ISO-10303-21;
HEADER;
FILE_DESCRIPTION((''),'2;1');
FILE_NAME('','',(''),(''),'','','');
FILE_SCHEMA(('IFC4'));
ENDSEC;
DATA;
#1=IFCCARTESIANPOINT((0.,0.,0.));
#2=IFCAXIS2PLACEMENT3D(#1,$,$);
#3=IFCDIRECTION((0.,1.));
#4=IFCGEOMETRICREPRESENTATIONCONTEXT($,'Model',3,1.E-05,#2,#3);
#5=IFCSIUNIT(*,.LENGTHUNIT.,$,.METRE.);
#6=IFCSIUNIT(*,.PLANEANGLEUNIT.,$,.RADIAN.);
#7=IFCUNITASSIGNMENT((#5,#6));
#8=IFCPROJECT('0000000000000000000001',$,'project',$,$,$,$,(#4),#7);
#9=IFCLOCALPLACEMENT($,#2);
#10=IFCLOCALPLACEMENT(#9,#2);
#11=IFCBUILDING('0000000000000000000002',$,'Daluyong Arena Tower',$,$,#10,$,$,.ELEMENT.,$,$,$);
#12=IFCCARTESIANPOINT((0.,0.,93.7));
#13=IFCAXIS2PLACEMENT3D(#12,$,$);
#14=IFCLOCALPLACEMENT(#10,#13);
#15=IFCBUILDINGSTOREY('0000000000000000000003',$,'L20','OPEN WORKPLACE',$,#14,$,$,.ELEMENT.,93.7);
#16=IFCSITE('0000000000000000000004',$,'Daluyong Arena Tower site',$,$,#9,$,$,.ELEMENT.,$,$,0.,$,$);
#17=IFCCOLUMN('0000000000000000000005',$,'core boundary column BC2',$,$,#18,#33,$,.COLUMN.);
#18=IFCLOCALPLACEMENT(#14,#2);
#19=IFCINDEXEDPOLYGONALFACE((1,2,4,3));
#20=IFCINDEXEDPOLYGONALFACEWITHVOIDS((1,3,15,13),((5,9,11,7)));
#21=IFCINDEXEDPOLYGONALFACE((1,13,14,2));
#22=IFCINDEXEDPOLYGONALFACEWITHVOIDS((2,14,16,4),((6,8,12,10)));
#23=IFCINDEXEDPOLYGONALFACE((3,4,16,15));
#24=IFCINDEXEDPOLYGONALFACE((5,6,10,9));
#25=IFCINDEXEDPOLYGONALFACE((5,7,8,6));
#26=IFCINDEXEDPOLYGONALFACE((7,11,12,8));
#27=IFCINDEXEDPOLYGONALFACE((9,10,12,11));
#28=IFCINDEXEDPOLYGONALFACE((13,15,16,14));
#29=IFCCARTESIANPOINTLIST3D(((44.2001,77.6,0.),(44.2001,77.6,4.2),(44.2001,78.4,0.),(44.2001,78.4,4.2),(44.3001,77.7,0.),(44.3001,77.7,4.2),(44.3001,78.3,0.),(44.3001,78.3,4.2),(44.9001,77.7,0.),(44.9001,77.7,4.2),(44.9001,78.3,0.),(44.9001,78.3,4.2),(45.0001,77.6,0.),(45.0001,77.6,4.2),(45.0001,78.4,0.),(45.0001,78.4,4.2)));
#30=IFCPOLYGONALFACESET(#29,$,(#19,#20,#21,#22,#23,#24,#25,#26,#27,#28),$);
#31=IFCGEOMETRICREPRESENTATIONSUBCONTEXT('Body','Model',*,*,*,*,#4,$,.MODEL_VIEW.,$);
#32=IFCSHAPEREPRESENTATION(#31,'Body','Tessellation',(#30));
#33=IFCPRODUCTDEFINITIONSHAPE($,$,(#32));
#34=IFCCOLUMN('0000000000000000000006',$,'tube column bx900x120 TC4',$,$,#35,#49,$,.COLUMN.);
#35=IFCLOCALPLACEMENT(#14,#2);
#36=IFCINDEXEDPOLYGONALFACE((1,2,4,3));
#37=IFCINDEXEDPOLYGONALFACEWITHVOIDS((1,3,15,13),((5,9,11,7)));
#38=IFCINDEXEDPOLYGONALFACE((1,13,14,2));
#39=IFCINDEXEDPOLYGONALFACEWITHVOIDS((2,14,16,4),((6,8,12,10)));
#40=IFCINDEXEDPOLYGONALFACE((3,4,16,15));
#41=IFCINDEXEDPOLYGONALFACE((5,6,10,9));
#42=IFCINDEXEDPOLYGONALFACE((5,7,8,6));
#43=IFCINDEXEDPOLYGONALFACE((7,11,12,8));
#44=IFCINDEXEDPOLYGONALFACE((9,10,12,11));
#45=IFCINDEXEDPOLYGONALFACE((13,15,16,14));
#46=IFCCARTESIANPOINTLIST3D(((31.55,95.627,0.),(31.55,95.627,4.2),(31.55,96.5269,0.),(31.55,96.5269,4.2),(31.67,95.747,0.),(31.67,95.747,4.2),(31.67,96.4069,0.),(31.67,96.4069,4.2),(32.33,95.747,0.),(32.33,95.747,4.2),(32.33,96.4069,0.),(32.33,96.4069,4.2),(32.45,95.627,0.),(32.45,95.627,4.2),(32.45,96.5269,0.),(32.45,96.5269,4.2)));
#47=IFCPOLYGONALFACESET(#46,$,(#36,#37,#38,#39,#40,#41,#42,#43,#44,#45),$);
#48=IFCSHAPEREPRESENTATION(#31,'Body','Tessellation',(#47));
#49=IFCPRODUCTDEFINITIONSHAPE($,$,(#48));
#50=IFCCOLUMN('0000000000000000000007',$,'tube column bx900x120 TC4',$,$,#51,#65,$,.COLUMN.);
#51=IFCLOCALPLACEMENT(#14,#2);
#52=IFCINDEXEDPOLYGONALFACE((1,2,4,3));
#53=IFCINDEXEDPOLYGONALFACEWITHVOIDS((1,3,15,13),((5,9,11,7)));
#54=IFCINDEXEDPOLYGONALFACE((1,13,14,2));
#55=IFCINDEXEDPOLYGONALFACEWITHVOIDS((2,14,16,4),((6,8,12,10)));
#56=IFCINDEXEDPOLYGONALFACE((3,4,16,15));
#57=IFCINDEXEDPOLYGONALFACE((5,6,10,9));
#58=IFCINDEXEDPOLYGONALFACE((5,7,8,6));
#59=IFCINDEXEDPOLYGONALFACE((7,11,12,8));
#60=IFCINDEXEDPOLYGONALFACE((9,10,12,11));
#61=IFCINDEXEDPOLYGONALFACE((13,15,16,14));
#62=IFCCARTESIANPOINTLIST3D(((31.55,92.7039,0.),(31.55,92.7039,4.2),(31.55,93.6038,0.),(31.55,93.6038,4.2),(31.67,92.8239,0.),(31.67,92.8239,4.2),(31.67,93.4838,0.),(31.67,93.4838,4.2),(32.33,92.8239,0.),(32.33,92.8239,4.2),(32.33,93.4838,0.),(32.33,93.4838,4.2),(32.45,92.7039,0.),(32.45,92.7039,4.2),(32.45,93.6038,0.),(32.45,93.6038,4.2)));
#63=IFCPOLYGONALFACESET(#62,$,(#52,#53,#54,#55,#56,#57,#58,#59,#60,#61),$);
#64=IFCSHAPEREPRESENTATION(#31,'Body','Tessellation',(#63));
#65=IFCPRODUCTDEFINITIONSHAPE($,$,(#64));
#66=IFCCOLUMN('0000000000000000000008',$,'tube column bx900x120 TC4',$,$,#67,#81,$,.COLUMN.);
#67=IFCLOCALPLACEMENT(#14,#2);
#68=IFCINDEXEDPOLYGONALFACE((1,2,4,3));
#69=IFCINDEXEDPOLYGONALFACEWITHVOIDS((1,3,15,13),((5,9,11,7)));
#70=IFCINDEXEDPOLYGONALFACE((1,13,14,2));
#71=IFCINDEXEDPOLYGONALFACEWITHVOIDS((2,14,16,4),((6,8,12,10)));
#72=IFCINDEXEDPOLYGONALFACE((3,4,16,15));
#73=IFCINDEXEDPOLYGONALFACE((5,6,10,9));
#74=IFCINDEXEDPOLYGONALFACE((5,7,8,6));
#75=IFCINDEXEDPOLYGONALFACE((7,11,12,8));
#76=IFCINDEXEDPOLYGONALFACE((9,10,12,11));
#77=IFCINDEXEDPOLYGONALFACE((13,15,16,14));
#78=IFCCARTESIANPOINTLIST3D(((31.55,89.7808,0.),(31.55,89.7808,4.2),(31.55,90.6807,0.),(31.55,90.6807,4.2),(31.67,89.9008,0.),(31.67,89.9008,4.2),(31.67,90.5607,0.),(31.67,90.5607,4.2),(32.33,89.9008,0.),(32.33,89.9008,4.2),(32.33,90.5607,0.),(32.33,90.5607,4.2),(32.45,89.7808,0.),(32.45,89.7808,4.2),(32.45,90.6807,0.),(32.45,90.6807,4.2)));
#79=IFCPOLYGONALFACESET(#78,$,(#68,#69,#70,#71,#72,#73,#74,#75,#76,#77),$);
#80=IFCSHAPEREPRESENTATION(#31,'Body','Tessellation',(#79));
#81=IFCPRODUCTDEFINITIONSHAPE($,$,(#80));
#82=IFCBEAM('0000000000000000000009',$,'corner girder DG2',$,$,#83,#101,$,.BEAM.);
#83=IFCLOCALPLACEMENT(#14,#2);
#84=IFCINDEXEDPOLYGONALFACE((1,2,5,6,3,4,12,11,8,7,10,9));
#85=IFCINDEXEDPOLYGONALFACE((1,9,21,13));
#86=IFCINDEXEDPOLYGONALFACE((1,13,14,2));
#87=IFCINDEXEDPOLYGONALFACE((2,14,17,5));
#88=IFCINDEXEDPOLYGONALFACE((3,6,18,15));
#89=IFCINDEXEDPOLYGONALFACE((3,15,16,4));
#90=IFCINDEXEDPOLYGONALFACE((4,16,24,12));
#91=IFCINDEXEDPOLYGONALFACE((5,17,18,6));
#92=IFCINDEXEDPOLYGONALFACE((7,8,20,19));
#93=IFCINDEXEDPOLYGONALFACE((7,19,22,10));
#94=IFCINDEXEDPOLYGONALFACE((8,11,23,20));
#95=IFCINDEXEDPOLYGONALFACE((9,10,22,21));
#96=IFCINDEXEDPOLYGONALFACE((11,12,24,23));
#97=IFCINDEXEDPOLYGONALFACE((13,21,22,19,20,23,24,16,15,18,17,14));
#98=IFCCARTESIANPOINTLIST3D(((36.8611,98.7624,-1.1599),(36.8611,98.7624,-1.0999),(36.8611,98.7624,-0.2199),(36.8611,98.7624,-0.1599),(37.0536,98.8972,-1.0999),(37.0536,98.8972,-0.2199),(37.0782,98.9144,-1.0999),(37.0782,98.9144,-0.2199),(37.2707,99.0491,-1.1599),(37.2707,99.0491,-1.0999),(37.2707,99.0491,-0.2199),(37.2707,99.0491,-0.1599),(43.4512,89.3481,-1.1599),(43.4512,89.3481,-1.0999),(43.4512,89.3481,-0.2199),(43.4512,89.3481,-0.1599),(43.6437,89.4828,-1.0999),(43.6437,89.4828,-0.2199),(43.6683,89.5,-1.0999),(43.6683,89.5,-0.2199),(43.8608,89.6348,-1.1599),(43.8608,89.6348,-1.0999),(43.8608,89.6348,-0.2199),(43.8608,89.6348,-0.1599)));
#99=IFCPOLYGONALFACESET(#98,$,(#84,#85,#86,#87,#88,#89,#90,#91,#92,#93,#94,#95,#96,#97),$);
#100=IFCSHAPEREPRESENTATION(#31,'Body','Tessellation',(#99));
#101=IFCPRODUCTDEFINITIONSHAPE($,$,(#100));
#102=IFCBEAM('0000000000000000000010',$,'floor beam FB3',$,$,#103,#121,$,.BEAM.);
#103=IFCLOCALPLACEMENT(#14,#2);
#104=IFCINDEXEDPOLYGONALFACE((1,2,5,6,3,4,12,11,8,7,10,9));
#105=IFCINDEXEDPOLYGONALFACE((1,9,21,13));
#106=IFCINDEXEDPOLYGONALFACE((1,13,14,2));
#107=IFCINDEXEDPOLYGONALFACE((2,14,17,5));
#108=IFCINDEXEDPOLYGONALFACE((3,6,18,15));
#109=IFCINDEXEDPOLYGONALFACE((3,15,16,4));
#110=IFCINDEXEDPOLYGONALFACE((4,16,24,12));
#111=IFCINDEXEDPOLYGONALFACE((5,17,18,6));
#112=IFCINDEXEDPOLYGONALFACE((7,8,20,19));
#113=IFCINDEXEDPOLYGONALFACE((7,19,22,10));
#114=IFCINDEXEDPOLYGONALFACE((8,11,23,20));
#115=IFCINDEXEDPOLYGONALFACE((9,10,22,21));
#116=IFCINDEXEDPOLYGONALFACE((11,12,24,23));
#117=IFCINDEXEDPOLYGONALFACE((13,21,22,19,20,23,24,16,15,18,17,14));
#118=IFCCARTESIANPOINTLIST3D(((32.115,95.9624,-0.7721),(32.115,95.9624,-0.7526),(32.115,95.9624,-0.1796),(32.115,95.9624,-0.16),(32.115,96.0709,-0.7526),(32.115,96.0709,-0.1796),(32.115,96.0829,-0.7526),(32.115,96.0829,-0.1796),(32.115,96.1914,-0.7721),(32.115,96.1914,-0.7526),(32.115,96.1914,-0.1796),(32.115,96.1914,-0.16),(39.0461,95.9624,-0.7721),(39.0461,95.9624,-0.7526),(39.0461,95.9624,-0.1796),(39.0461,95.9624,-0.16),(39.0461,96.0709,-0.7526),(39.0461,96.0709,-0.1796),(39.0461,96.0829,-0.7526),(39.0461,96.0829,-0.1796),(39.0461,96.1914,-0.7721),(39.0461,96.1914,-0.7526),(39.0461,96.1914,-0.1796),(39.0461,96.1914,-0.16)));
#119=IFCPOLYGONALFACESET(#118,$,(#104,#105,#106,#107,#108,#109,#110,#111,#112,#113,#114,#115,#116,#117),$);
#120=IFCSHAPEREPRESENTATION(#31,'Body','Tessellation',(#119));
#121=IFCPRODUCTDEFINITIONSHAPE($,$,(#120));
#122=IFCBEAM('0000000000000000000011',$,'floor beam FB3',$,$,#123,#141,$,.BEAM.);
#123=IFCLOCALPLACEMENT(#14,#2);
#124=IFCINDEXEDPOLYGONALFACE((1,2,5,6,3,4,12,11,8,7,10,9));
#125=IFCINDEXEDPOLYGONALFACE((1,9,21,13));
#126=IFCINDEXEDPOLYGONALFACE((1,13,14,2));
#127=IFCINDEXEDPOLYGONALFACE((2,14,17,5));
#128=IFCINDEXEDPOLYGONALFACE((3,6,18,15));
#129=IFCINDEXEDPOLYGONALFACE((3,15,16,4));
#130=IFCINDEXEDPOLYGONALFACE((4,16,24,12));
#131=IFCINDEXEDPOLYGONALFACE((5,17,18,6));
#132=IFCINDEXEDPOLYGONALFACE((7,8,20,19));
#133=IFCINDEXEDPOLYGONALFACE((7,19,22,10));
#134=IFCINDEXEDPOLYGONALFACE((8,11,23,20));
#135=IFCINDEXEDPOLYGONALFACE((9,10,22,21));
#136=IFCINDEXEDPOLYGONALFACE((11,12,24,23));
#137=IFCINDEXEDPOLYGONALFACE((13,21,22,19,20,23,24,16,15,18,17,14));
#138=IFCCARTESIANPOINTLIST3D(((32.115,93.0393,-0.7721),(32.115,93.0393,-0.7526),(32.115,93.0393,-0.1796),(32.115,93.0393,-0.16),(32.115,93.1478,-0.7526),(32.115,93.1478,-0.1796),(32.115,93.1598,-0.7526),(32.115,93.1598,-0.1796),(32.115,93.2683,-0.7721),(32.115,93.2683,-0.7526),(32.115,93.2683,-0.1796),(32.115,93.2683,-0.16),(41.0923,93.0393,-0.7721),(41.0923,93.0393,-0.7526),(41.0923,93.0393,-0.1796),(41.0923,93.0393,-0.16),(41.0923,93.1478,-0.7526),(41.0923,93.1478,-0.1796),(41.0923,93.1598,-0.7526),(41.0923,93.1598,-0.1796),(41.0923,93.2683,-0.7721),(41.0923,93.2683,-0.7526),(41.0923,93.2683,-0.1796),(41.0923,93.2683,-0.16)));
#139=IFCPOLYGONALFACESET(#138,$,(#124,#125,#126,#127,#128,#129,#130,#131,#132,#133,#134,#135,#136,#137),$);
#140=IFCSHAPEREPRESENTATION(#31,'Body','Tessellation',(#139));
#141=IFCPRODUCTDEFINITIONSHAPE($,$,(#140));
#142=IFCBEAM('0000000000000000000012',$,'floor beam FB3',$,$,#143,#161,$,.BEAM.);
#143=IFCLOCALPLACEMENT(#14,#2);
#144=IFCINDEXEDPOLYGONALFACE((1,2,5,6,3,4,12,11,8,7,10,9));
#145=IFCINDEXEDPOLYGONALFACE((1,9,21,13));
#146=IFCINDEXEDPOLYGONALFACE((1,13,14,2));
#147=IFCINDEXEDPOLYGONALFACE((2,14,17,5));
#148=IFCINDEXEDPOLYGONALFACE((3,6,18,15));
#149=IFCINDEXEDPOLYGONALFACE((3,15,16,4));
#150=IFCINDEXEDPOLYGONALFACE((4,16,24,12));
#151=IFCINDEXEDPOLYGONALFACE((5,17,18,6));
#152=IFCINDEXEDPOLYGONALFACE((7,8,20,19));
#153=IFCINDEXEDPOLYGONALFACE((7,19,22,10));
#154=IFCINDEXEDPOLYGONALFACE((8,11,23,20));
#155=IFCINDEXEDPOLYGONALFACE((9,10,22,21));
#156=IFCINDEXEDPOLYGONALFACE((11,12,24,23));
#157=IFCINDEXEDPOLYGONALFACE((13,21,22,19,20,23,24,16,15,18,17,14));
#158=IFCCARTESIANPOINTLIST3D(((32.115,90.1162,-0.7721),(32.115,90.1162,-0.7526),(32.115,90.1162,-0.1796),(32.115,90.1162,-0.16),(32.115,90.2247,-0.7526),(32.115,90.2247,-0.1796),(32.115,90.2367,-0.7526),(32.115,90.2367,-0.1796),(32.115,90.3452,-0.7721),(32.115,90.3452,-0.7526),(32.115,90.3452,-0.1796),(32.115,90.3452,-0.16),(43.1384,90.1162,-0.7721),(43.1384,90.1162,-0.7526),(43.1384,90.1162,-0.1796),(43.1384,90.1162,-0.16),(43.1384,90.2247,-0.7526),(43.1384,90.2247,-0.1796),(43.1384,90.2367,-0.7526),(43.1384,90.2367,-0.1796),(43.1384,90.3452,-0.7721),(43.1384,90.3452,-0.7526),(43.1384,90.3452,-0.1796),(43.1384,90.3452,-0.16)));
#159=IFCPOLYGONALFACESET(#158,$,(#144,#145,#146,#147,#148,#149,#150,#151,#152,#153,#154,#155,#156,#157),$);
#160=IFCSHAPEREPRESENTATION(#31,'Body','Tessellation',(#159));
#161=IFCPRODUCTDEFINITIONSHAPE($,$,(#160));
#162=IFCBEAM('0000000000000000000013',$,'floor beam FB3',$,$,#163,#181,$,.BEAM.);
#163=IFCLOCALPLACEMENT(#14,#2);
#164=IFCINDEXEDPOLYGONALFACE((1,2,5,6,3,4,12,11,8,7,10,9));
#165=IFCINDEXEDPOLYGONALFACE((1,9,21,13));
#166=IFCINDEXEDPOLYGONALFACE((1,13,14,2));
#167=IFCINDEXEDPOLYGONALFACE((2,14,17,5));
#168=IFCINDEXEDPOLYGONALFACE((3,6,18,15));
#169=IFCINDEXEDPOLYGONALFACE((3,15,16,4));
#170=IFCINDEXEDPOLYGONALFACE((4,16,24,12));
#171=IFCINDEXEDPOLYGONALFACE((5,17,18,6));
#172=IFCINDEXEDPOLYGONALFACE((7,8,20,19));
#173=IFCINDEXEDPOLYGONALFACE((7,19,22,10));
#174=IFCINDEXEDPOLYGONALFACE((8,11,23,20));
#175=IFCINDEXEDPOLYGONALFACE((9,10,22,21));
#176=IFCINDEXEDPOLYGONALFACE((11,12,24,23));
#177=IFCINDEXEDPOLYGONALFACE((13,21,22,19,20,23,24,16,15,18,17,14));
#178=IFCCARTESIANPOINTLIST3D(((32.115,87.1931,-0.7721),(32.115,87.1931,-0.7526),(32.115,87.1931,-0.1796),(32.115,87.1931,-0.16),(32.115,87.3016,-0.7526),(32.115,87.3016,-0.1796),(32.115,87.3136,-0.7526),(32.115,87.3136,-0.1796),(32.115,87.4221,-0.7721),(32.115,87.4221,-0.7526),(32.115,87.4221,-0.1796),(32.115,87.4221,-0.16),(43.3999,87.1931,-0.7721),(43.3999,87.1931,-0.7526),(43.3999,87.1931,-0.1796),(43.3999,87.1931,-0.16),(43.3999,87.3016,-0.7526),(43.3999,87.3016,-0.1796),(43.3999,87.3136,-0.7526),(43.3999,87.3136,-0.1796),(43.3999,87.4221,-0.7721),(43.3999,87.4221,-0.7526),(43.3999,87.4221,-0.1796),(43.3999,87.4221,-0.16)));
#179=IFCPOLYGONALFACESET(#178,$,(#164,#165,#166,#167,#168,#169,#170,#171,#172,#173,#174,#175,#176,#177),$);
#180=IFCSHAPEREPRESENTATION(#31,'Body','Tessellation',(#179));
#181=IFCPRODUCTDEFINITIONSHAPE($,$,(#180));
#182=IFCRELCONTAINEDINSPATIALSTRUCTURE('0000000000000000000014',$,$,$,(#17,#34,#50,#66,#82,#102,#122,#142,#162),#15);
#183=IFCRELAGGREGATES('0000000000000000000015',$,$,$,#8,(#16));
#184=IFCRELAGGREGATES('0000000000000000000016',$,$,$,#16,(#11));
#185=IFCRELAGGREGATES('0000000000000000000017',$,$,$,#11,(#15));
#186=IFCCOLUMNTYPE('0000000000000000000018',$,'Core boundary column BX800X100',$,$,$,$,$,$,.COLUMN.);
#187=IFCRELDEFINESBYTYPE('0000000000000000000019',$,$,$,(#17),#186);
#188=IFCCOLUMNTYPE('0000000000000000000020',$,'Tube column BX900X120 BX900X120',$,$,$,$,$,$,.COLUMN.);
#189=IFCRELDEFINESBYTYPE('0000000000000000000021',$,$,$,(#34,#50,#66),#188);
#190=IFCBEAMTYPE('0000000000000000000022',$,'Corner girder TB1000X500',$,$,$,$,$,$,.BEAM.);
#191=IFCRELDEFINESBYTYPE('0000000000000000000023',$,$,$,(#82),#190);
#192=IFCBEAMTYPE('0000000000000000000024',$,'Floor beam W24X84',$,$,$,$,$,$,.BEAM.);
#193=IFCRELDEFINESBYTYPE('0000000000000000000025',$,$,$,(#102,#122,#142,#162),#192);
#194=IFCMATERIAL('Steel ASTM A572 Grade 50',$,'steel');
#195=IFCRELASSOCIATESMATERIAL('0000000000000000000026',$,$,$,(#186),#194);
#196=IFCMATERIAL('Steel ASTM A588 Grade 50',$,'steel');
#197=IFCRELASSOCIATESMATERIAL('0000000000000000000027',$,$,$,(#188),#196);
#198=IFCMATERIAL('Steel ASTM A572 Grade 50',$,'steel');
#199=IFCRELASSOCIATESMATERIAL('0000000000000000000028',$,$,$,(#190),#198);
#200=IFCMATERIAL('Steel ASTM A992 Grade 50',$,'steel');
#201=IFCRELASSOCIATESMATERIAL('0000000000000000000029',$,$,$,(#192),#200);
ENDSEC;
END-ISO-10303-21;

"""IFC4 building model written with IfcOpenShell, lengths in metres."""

from ifc_helpers import new_model, si_unit, direction, frame, origin, origin_2d, place, context, subcontext, project, spatial, hollow_rectangle, i_section, extrude, material, material_profile, profile_set, type_object, element, save


model = new_model("IFC4")

# Units and contexts
model_context = context("Model", 3, precision=1e-05, world=origin(), true_north=direction((0.0, 1.0)))
body_context = subcontext(model_context, "Body", "Model", "MODEL_VIEW")
ifc_project = project(units=[si_unit("LENGTHUNIT", "METRE"), si_unit("PLANEANGLEUNIT", "RADIAN")], contexts=[model_context])

# Site, building, storey
site_placement = place(None, origin())
site = spatial("IfcSite", under=ifc_project, at=site_placement, Name="Daluyong Arena Tower site", CompositionType="ELEMENT", RefElevation=0.0)
building_placement = place(site_placement, origin())
building = spatial("IfcBuilding", under=site, at=building_placement, Name="Daluyong Arena Tower", CompositionType="ELEMENT")
storey_placement = place(building_placement, frame((0.0, 0.0, 93.7)))
storey = spatial("IfcBuildingStorey", under=building, at=storey_placement, Name="L20", Description="OPEN WORKPLACE", CompositionType="ELEMENT", Elevation=93.7)

# Columns
ifc_material_1 = material(Name="Steel ASTM A572 Grade 50", Category="steel")
ifc_material_profile_1 = material_profile(ifc_material_1, hollow_rectangle(XDim=0.8, YDim=0.8, WallThickness=0.1, at=origin_2d()))
ifc_profile_set_1 = profile_set([ifc_material_profile_1], Name="Steel ASTM A572 Grade 50")
column_type_1 = type_object("IfcColumnType", Name="Core boundary column BX800X100", PredefinedType="COLUMN", material=ifc_profile_set_1)
column_placement = place(storey_placement, frame((44.6001, 78.0, 0.0), z_axis=(0.0, 0.0, 1.0), x_axis=(1.0, 0.0, 0.0)))
element("IfcColumn", 1, at=column_placement, inside=storey, type_object=column_type_1, Name="core boundary column BC2", PredefinedType="COLUMN", context=body_context, shape_type="SweptSolid", body=[
    extrude(hollow_rectangle(XDim=0.8, YDim=0.8, WallThickness=0.1, at=origin_2d()), origin(), (0.0, 0.0, 1.0), 4.2),
])
ifc_material_2 = material(Name="Steel ASTM A588 Grade 50", Category="steel")
ifc_material_profile_2 = material_profile(ifc_material_2, hollow_rectangle(XDim=0.8999, YDim=0.8999, WallThickness=0.12, at=origin_2d()))
ifc_profile_set_2 = profile_set([ifc_material_profile_2], Name="Steel ASTM A588 Grade 50")
column_type_2 = type_object("IfcColumnType", Name="Tube column BX900X120 BX900X120", PredefinedType="COLUMN", material=ifc_profile_set_2)
for number, where, z_axis, x_axis, name in (
    (2, (32.0, 96.0769, 0.0), (0.0, 0.0, 1.0), (0.0, 1.0, 0.0), "tube column bx900x120 TC4"),
    (3, (32.0, 93.1538, 0.0), (0.0, 0.0, 1.0), (0.0, 1.0, 0.0), "tube column bx900x120 TC4"),
    (4, (32.0, 90.2307, 0.0), (0.0, 0.0, 1.0), (0.0, 1.0, 0.0), "tube column bx900x120 TC4"),
):
    element("IfcColumn", number, at=place(storey_placement, frame(where, z_axis=z_axis, x_axis=x_axis)), inside=storey, type_object=column_type_2, Name=name, PredefinedType="COLUMN", context=body_context, shape_type="SweptSolid", body=[
        extrude(hollow_rectangle(XDim=0.8999, YDim=0.8999, WallThickness=0.12, at=origin_2d()), origin(), (0.0, 0.0, 1.0), 4.2),
    ])

# Beams
ifc_material_3 = material(Name="Steel ASTM A572 Grade 50", Category="steel")
ifc_material_profile_3 = material_profile(ifc_material_3, i_section(OverallWidth=0.5, OverallDepth=1.0, WebThickness=0.03, FlangeThickness=0.06, at=origin_2d()))
ifc_profile_set_3 = profile_set([ifc_material_profile_3], Name="Steel ASTM A572 Grade 50")
beam_type_1 = type_object("IfcBeamType", Name="Corner girder TB1000X500", PredefinedType="BEAM", material=ifc_profile_set_3)
beam_1_placement = place(storey_placement, frame((37.0659, 98.9058, -0.6599), z_axis=(0.573467, -0.819229, 0.0), x_axis=(0.819229, 0.573467, 0.0)))
element("IfcBeam", 5, at=beam_1_placement, inside=storey, type_object=beam_type_1, Name="corner girder DG2", PredefinedType="BEAM", context=body_context, shape_type="SweptSolid", body=[
    extrude(i_section(OverallWidth=0.5, OverallDepth=1.0, WebThickness=0.03, FlangeThickness=0.06, at=origin_2d()), origin(), (0.0, 0.0, 1.0), 11.4917),
])
ifc_material_4 = material(Name="Steel ASTM A992 Grade 50", Category="steel")
ifc_material_profile_4 = material_profile(ifc_material_4, i_section(OverallWidth=0.229, OverallDepth=0.6121, WebThickness=0.012, FlangeThickness=0.0195, at=origin_2d()))
ifc_profile_set_4 = profile_set([ifc_material_profile_4], Name="Steel ASTM A992 Grade 50")
beam_type_2 = type_object("IfcBeamType", Name="Floor beam W24X84", PredefinedType="BEAM", material=ifc_profile_set_4)
beam_2_placement = place(storey_placement, frame((32.115, 96.0769, -0.4661), z_axis=(1.0, 0.0, 0.0), x_axis=(0.0, 1.0, 0.0)))
element("IfcBeam", 6, at=beam_2_placement, inside=storey, type_object=beam_type_2, Name="floor beam FB3", PredefinedType="BEAM", context=body_context, shape_type="SweptSolid", body=[
    extrude(i_section(OverallWidth=0.229, OverallDepth=0.6121, WebThickness=0.012, FlangeThickness=0.0195, at=origin_2d()), origin(), (0.0, 0.0, 1.0), 6.9312),
])
beam_3_placement = place(storey_placement, frame((32.115, 93.1538, -0.4661), z_axis=(1.0, 0.0, 0.0), x_axis=(0.0, 1.0, 0.0)))
element("IfcBeam", 7, at=beam_3_placement, inside=storey, type_object=beam_type_2, Name="floor beam FB3", PredefinedType="BEAM", context=body_context, shape_type="SweptSolid", body=[
    extrude(i_section(OverallWidth=0.229, OverallDepth=0.6121, WebThickness=0.012, FlangeThickness=0.0195, at=origin_2d()), origin(), (0.0, 0.0, 1.0), 8.9773),
])
beam_4_placement = place(storey_placement, frame((32.115, 90.2307, -0.4661), z_axis=(1.0, 0.0, 0.0), x_axis=(0.0, 1.0, 0.0)))
element("IfcBeam", 8, at=beam_4_placement, inside=storey, type_object=beam_type_2, Name="floor beam FB3", PredefinedType="BEAM", context=body_context, shape_type="SweptSolid", body=[
    extrude(i_section(OverallWidth=0.229, OverallDepth=0.6121, WebThickness=0.012, FlangeThickness=0.0195, at=origin_2d()), origin(), (0.0, 0.0, 1.0), 11.0234),
])
for number, where, z_axis, x_axis, name in (
    (9, (32.115, 87.3076, -0.4661), (1.0, 0.0, 0.0), (0.0, 1.0, 0.0), "floor beam FB3"),
):
    element("IfcBeam", number, at=place(storey_placement, frame(where, z_axis=z_axis, x_axis=x_axis)), inside=storey, type_object=beam_type_2, Name=name, PredefinedType="BEAM", context=body_context, shape_type="SweptSolid", body=[
        extrude(i_section(OverallWidth=0.229, OverallDepth=0.6121, WebThickness=0.012, FlangeThickness=0.0195, at=origin_2d()), origin(), (0.0, 0.0, 1.0), 11.2849),
    ])

save(model, "model.ifc")
